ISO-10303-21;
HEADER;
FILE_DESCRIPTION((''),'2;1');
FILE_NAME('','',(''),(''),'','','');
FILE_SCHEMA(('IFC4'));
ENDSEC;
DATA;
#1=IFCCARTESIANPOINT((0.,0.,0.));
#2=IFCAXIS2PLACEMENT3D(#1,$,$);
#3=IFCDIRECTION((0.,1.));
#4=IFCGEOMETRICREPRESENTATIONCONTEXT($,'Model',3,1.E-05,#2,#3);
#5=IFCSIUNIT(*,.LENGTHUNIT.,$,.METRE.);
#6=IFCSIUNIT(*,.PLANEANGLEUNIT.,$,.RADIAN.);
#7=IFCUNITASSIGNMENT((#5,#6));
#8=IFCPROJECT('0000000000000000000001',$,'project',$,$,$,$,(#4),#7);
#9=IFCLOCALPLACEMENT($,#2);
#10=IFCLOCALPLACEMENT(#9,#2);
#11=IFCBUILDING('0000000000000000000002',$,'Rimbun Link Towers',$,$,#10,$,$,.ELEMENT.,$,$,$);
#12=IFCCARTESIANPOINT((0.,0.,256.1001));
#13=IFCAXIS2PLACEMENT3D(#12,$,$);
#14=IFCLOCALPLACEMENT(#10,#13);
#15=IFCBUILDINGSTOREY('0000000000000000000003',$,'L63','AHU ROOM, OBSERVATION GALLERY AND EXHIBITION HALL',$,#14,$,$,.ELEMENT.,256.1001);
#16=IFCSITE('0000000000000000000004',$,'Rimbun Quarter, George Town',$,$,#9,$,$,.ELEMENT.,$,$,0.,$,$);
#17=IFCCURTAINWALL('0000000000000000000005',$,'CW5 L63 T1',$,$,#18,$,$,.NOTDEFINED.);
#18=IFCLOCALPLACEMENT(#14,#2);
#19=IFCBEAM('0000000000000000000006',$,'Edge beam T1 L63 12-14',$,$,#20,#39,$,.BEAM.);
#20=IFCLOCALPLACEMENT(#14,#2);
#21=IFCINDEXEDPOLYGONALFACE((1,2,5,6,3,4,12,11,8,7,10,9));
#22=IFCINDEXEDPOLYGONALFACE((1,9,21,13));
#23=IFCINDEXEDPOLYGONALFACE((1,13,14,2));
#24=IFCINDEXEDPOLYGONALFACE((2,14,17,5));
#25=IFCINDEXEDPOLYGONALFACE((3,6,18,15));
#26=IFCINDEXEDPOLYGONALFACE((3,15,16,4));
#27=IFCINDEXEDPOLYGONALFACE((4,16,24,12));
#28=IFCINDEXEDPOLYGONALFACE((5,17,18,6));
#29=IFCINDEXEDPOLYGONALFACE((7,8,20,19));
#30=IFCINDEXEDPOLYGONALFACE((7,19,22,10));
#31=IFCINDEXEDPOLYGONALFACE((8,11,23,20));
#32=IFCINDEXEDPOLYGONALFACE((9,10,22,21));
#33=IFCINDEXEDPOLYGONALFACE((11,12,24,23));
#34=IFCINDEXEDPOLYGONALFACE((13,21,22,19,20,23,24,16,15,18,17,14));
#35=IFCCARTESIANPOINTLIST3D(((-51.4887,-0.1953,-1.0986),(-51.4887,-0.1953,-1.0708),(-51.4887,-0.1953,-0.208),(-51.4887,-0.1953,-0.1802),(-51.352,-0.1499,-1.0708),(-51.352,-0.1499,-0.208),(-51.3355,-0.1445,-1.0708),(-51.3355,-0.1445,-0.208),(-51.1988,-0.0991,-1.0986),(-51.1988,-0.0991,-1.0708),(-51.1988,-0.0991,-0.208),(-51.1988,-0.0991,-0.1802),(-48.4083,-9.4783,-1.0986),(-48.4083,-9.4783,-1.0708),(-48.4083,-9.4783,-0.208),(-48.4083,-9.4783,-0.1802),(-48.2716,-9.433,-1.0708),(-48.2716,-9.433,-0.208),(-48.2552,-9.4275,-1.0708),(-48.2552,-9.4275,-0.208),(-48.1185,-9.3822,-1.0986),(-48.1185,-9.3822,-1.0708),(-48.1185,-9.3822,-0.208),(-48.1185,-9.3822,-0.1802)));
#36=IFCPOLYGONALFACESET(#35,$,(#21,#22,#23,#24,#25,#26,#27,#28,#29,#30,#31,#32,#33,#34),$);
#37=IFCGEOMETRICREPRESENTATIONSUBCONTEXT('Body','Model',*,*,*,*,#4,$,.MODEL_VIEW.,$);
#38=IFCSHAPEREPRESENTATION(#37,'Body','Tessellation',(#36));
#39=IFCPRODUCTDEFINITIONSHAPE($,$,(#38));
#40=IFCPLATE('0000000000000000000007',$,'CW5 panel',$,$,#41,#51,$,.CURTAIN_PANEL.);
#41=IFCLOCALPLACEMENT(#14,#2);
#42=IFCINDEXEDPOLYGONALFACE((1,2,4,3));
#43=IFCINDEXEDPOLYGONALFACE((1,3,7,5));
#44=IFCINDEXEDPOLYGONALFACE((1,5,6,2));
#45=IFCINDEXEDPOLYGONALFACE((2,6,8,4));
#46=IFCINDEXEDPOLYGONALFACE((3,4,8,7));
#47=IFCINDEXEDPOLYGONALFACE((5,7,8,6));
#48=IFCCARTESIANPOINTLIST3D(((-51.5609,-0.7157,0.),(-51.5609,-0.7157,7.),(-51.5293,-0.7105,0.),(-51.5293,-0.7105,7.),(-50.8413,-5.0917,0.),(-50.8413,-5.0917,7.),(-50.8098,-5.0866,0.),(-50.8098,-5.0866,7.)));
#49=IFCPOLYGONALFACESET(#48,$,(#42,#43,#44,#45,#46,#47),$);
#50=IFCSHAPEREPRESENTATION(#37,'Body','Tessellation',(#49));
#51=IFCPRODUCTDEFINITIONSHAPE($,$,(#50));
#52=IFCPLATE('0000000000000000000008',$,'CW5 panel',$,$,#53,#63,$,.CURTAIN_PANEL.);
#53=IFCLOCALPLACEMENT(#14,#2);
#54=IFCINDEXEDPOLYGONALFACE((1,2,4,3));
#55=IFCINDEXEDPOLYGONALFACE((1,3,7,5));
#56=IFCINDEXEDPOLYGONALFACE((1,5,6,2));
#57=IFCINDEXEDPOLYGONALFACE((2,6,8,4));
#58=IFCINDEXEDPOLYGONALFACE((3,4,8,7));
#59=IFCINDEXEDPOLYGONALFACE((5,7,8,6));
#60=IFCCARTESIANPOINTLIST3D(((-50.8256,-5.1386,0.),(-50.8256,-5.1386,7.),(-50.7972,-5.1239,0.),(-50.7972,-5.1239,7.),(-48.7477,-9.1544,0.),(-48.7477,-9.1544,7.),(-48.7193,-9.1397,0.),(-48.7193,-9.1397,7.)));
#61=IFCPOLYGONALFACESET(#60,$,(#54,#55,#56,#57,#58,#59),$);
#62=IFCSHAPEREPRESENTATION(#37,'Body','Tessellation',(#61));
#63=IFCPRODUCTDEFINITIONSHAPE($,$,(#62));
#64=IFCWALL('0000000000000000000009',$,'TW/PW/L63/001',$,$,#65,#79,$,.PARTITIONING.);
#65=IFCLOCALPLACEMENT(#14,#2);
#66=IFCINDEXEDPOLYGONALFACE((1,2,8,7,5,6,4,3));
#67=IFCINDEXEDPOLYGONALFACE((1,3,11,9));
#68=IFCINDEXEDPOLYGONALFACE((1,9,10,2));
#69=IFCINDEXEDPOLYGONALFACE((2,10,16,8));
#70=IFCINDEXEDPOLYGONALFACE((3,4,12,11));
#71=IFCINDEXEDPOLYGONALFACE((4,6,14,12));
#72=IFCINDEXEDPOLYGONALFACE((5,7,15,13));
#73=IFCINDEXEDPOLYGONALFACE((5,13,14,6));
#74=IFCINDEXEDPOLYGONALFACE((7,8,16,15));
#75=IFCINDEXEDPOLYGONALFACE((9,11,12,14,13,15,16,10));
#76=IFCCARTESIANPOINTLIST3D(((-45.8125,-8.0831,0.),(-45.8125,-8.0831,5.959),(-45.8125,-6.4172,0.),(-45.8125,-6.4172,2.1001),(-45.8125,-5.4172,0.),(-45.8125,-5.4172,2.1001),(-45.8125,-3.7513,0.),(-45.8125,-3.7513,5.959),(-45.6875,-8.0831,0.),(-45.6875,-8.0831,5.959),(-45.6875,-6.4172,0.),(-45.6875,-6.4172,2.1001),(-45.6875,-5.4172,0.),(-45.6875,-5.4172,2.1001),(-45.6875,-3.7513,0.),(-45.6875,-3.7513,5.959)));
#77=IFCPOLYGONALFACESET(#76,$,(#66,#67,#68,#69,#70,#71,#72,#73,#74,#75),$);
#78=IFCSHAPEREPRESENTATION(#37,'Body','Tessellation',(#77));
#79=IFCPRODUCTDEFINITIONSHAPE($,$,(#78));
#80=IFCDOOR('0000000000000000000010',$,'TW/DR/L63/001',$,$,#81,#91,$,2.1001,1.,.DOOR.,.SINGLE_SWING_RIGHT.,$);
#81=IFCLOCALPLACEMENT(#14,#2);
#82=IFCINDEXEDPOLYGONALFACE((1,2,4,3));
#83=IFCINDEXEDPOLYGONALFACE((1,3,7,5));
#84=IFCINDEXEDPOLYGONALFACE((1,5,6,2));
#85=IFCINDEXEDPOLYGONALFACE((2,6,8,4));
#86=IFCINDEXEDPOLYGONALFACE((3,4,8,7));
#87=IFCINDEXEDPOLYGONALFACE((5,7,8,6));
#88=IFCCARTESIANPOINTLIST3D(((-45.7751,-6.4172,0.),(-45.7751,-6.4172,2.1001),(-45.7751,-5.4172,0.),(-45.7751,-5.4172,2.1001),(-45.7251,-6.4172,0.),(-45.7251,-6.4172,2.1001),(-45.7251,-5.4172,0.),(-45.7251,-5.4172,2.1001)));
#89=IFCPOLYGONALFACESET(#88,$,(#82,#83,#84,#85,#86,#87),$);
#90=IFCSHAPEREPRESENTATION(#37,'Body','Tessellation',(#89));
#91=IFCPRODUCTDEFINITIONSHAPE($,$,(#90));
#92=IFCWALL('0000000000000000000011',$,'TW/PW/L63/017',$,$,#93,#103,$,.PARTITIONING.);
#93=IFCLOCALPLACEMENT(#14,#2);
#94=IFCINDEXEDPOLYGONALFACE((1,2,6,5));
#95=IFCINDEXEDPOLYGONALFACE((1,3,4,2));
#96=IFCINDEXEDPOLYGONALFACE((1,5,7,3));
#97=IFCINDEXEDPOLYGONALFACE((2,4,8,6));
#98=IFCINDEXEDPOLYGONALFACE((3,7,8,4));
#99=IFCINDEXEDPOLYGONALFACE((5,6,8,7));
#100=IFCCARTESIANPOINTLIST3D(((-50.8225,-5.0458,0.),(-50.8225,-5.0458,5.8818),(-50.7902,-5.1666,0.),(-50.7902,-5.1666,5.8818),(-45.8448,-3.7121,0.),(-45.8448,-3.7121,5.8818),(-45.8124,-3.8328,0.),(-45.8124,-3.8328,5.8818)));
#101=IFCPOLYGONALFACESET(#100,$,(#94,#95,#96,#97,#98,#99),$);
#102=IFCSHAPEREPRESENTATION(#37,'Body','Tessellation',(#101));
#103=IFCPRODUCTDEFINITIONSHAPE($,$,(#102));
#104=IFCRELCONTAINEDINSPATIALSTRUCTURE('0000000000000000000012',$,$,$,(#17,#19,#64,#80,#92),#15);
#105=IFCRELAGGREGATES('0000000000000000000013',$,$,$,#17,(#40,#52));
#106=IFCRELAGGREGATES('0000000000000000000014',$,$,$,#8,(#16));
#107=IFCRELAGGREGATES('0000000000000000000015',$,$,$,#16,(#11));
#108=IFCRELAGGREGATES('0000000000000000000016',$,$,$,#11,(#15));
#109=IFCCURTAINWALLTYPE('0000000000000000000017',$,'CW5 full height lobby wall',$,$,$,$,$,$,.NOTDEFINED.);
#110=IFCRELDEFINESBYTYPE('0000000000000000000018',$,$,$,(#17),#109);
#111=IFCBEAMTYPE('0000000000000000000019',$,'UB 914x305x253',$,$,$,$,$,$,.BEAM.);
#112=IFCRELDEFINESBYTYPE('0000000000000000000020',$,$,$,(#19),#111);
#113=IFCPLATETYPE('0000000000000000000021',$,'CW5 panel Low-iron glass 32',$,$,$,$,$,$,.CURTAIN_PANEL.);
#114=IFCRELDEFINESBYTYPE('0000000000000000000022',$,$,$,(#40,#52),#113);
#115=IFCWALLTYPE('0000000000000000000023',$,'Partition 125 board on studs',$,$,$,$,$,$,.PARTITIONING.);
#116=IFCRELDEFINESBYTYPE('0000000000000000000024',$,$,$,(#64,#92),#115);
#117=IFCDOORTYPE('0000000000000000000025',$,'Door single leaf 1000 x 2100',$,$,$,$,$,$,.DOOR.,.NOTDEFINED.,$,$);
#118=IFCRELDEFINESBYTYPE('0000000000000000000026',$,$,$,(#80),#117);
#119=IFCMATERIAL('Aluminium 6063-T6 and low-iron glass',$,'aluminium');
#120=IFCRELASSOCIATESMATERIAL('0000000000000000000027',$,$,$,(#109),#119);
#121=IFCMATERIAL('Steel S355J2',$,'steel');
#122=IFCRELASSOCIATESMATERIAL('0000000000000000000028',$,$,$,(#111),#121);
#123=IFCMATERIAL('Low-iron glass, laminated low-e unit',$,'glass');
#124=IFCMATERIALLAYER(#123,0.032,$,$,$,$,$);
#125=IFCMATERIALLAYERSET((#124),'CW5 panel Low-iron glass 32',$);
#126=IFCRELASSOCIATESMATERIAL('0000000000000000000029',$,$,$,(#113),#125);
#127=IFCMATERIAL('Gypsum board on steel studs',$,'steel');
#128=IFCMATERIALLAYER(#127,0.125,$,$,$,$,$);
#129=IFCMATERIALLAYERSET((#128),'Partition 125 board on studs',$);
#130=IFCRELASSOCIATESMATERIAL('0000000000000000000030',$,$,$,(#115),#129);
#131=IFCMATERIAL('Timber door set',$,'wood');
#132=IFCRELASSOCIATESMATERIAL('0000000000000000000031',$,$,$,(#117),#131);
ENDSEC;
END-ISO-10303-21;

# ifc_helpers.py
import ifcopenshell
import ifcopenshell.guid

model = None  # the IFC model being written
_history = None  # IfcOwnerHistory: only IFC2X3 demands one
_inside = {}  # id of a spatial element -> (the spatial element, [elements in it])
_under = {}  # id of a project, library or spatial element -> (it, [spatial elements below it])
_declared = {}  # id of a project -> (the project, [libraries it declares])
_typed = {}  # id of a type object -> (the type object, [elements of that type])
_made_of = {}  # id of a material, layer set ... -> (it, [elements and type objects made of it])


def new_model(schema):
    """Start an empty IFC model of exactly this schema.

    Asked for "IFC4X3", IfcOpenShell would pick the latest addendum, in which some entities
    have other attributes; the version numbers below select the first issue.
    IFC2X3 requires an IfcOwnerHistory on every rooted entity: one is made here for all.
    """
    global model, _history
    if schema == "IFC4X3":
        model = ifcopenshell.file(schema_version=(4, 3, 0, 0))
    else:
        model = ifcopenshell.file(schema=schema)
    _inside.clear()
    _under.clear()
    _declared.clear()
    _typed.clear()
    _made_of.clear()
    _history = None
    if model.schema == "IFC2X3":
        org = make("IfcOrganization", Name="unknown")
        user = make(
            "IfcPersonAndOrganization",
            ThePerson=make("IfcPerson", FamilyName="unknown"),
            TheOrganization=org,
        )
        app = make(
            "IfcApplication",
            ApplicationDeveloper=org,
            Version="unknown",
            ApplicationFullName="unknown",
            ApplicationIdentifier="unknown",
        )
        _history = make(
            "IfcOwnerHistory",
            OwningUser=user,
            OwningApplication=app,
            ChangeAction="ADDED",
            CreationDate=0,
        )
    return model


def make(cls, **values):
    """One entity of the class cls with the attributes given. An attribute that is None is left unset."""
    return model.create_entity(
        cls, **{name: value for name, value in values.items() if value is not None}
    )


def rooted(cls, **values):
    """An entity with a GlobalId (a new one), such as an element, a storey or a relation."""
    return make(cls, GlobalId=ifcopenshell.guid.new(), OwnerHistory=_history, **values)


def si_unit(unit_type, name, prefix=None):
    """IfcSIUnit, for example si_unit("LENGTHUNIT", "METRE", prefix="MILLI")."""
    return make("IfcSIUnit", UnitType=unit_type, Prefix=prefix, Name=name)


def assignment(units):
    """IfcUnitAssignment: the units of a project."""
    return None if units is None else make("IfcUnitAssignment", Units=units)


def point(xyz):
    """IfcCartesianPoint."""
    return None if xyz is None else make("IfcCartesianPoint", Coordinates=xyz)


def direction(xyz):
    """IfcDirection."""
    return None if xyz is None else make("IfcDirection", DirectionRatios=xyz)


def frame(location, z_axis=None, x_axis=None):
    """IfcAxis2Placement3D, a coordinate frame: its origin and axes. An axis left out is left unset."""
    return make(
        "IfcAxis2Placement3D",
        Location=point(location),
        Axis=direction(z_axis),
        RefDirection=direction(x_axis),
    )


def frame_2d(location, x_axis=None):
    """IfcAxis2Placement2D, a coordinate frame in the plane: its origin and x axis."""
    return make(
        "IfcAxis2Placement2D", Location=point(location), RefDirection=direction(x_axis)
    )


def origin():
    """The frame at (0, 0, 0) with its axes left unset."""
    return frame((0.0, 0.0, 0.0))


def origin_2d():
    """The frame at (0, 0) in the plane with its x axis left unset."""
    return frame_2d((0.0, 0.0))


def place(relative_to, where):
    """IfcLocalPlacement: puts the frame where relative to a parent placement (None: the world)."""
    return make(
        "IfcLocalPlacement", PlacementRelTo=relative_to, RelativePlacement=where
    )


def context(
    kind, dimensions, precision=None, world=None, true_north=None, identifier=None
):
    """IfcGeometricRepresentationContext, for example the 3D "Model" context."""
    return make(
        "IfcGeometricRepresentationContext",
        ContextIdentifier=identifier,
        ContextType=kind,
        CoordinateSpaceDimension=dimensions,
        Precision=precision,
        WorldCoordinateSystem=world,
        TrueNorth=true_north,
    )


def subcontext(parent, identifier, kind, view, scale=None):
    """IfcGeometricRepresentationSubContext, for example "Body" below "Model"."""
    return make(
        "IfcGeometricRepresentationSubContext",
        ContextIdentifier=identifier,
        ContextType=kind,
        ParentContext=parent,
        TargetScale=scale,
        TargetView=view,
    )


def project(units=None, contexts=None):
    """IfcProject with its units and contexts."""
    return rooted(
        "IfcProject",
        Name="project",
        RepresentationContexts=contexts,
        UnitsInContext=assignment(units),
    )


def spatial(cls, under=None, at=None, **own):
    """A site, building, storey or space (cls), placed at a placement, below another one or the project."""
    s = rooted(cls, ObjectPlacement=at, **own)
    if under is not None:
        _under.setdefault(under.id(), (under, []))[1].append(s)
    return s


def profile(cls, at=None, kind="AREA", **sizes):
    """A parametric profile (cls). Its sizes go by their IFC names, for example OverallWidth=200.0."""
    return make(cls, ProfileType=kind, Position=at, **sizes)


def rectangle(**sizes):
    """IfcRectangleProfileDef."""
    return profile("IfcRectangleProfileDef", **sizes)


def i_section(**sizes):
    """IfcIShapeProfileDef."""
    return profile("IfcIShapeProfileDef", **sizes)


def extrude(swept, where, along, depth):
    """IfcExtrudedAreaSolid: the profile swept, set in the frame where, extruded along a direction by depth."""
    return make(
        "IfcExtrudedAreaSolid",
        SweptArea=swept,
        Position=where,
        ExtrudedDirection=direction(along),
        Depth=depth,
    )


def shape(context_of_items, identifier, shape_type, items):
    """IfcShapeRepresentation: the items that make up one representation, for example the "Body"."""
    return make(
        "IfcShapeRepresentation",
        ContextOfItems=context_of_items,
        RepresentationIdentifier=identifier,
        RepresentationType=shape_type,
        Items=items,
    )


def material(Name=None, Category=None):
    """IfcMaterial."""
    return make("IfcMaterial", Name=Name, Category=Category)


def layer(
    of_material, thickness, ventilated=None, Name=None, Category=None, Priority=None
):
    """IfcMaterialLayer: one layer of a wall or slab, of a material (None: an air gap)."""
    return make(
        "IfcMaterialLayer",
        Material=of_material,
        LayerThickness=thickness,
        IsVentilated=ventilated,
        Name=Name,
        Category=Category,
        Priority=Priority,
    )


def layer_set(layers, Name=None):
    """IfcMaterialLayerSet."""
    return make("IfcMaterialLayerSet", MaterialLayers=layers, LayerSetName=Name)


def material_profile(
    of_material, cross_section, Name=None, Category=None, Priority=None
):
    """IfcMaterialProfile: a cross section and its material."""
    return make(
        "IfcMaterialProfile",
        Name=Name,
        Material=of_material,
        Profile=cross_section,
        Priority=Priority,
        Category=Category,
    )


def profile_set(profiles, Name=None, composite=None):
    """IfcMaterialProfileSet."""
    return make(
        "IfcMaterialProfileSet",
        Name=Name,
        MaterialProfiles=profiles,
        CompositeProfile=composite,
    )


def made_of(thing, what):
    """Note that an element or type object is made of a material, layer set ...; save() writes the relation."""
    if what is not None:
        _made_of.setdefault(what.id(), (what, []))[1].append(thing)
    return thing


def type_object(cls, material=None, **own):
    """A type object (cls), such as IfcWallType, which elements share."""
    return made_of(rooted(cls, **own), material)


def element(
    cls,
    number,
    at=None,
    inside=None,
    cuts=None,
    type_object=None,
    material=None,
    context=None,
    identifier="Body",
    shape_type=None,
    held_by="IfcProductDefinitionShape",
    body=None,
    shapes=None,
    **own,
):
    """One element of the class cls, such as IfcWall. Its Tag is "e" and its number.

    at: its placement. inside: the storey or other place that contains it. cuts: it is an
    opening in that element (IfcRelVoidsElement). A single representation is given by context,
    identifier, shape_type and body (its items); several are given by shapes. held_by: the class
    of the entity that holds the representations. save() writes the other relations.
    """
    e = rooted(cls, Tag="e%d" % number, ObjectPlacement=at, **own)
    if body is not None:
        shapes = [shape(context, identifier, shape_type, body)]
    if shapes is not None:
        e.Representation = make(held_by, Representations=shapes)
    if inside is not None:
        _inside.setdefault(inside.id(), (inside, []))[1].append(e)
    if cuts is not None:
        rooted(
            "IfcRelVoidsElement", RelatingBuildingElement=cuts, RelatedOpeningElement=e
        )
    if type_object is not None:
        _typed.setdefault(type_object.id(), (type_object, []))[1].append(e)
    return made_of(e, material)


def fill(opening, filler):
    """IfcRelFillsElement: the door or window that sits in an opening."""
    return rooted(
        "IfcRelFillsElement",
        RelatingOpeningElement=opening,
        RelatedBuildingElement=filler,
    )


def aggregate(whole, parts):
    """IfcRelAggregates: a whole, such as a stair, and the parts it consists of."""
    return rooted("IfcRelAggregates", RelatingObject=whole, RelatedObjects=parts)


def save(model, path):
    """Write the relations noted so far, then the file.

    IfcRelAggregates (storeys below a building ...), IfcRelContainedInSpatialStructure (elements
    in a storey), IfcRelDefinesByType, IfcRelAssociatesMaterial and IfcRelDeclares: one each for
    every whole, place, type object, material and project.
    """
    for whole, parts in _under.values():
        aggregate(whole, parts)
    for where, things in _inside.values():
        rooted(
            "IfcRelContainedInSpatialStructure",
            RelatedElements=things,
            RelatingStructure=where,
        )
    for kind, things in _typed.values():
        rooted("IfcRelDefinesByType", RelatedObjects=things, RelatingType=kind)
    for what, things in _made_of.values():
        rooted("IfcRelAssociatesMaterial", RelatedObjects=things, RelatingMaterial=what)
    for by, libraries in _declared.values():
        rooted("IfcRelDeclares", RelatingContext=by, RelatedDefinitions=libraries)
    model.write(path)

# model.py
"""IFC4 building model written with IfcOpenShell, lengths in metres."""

from ifc_helpers import new_model, si_unit, direction, frame, frame_2d, origin, origin_2d, place, context, subcontext, project, spatial, rectangle, i_section, extrude, material, layer, layer_set, material_profile, profile_set, type_object, element, fill, aggregate, save


model = new_model("IFC4")

# Units and contexts
model_context = context("Model", 3, precision=1e-05, world=origin(), true_north=direction((0.0, 1.0)))
body_context = subcontext(model_context, "Body", "Model", "MODEL_VIEW")
ifc_project = project(units=[si_unit("LENGTHUNIT", "METRE"), si_unit("PLANEANGLEUNIT", "RADIAN")], contexts=[model_context])

# Site, building, storey
site_placement = place(None, origin())
site = spatial("IfcSite", under=ifc_project, at=site_placement, Name="Rimbun Quarter, George Town", CompositionType="ELEMENT", RefElevation=0.0)
building_placement = place(site_placement, origin())
building = spatial("IfcBuilding", under=site, at=building_placement, Name="Rimbun Link Towers", CompositionType="ELEMENT")
storey_placement = place(building_placement, frame((0.0, 0.0, 256.1001)))
storey = spatial("IfcBuildingStorey", under=building, at=storey_placement, Name="L63", Description="AHU ROOM, OBSERVATION GALLERY AND EXHIBITION HALL", CompositionType="ELEMENT", Elevation=256.1001)

# Curtain wall
ifc_material_1 = material(Name="Aluminium 6063-T6 and low-iron glass", Category="aluminium")
curtain_wall_type = type_object("IfcCurtainWallType", Name="CW5 full height lobby wall", PredefinedType="NOTDEFINED", material=ifc_material_1)
curtain_wall_placement = place(storey_placement, origin())
curtain_wall = element("IfcCurtainWall", 1, at=curtain_wall_placement, inside=storey, type_object=curtain_wall_type, Name="CW5 L63 T1", PredefinedType="NOTDEFINED")

# Beam
ifc_material_2 = material(Name="Steel S355J2", Category="steel")
ifc_material_profile_1 = material_profile(ifc_material_2, i_section(OverallWidth=0.3054, OverallDepth=0.9185, WebThickness=0.0173, FlangeThickness=0.0278, at=origin_2d()), Name="UB 914x305x253")
ifc_profile_set_1 = profile_set([ifc_material_profile_1], Name="Steel S355J2")
beam_type_1 = type_object("IfcBeamType", Name="UB 914x305x253", PredefinedType="BEAM", material=ifc_profile_set_1)
beam_1_placement = place(storey_placement, frame((-51.3438, -0.1472, -0.6394), z_axis=(0.314939, -0.949112, 0.0), x_axis=(0.949112, 0.314939, 0.0)))
element("IfcBeam", 2, at=beam_1_placement, inside=storey, type_object=beam_type_1, Name="Edge beam T1 L63 12-14", PredefinedType="BEAM", context=body_context, shape_type="SweptSolid", body=[
    extrude(i_section(OverallWidth=0.3054, OverallDepth=0.9185, WebThickness=0.0173, FlangeThickness=0.0278, at=origin_2d()), origin(), (0.0, 0.0, 1.0), 9.7808),
])

# Plates
ifc_material_3 = material(Name="Low-iron glass, laminated low-e unit", Category="glass")
ifc_layer_1 = layer(ifc_material_3, 0.032)
ifc_layer_set_1 = layer_set([ifc_layer_1], Name="CW5 panel Low-iron glass 32")
plate_type = type_object("IfcPlateType", Name="CW5 panel Low-iron glass 32", PredefinedType="CURTAIN_PANEL", material=ifc_layer_set_1)
plate_1_placement = place(storey_placement, frame((-51.1853, -2.9011, 0.0), z_axis=(0.0, 0.0, 1.0), x_axis=(-0.162249, 0.98675, 0.0)))
plate_1 = element("IfcPlate", 3, at=plate_1_placement, type_object=plate_type, Name="CW5 panel", PredefinedType="CURTAIN_PANEL", context=body_context, shape_type="SweptSolid", body=[
    extrude(rectangle(XDim=4.4348, YDim=0.032, at=origin_2d()), origin(), (0.0, 0.0, 1.0), 7.0),
])
plate_2_placement = place(storey_placement, frame((-49.7725, -7.1392, 0.0), z_axis=(0.0, 0.0, 1.0), x_axis=(-0.459551, 0.888152, 0.0)))
plate_2 = element("IfcPlate", 4, at=plate_2_placement, type_object=plate_type, Name="CW5 panel", PredefinedType="CURTAIN_PANEL", context=body_context, shape_type="SweptSolid", body=[
    extrude(rectangle(XDim=4.5215, YDim=0.032, at=origin_2d()), origin(), (0.0, 0.0, 1.0), 7.0),
])
aggregate(curtain_wall, [plate_1, plate_2])

# Wall, opening, door
ifc_material_4 = material(Name="Gypsum board on steel studs", Category="steel")
ifc_layer_2 = layer(ifc_material_4, 0.125)
ifc_layer_set_2 = layer_set([ifc_layer_2], Name="Partition 125 board on studs")
wall_type = type_object("IfcWallType", Name="Partition 125 board on studs", PredefinedType="PARTITIONING", material=ifc_layer_set_2)
wall_1_placement = place(storey_placement, frame((-45.75, -3.7512, 0.0), z_axis=(0.0, 0.0, 1.0), x_axis=(0.0, -1.0, 0.0)))
wall_1 = element("IfcWall", 5, at=wall_1_placement, inside=storey, type_object=wall_type, Name="TW/PW/L63/001", PredefinedType="PARTITIONING", context=body_context, shape_type="SweptSolid", body=[
    extrude(rectangle(XDim=4.3318, YDim=0.125, at=frame_2d((2.166, 0.0))), origin(), (0.0, 0.0, 1.0), 5.959),
])
opening_placement = place(wall_1_placement, frame((1.666, 0.0, 0.0)))
opening = element("IfcOpeningElement", 6, at=opening_placement, cuts=wall_1, PredefinedType="OPENING", context=body_context, shape_type="SweptSolid", body=[
    extrude(rectangle(XDim=1.0, YDim=2.1001, at=frame_2d((0.5, 1.05))), frame((0.0, 0.0725, 0.0), z_axis=(0.0, -1.0, 0.0), x_axis=(1.0, 0.0, 0.0)), (0.0, 0.0, 1.0), 0.145),
])
ifc_material_5 = material(Name="Timber door set", Category="wood")
door_type = type_object("IfcDoorType", Name="Door single leaf 1000 x 2100", OperationType="NOTDEFINED", PredefinedType="DOOR", material=ifc_material_5)
door_placement = place(opening_placement, origin())
door = element("IfcDoor", 7, at=door_placement, inside=storey, type_object=door_type, Name="TW/DR/L63/001", OperationType="SINGLE_SWING_RIGHT", OverallHeight=2.1001, OverallWidth=1.0, PredefinedType="DOOR", context=body_context, shape_type="SweptSolid", body=[
    extrude(rectangle(XDim=1.0, YDim=2.1001, at=frame_2d((0.5, 1.05))), frame((0.0, 0.0249, 0.0), z_axis=(0.0, -1.0, 0.0), x_axis=(1.0, 0.0, 0.0)), (0.0, 0.0, 1.0), 0.05),
])
fill(opening, door)

# Wall
wall_2_placement = place(storey_placement, frame((-45.8286, -3.7725, 0.0), z_axis=(0.0, 0.0, 1.0), x_axis=(-0.965928, -0.258809, 0.0)))
element("IfcWall", 8, at=wall_2_placement, inside=storey, type_object=wall_type, Name="TW/PW/L63/017", PredefinedType="PARTITIONING", context=body_context, shape_type="SweptSolid", body=[
    extrude(rectangle(XDim=5.1533, YDim=0.125, at=frame_2d((2.5767, 0.0))), origin(), (0.0, 0.0, 1.0), 5.8818),
])

save(model, "model.ifc")
